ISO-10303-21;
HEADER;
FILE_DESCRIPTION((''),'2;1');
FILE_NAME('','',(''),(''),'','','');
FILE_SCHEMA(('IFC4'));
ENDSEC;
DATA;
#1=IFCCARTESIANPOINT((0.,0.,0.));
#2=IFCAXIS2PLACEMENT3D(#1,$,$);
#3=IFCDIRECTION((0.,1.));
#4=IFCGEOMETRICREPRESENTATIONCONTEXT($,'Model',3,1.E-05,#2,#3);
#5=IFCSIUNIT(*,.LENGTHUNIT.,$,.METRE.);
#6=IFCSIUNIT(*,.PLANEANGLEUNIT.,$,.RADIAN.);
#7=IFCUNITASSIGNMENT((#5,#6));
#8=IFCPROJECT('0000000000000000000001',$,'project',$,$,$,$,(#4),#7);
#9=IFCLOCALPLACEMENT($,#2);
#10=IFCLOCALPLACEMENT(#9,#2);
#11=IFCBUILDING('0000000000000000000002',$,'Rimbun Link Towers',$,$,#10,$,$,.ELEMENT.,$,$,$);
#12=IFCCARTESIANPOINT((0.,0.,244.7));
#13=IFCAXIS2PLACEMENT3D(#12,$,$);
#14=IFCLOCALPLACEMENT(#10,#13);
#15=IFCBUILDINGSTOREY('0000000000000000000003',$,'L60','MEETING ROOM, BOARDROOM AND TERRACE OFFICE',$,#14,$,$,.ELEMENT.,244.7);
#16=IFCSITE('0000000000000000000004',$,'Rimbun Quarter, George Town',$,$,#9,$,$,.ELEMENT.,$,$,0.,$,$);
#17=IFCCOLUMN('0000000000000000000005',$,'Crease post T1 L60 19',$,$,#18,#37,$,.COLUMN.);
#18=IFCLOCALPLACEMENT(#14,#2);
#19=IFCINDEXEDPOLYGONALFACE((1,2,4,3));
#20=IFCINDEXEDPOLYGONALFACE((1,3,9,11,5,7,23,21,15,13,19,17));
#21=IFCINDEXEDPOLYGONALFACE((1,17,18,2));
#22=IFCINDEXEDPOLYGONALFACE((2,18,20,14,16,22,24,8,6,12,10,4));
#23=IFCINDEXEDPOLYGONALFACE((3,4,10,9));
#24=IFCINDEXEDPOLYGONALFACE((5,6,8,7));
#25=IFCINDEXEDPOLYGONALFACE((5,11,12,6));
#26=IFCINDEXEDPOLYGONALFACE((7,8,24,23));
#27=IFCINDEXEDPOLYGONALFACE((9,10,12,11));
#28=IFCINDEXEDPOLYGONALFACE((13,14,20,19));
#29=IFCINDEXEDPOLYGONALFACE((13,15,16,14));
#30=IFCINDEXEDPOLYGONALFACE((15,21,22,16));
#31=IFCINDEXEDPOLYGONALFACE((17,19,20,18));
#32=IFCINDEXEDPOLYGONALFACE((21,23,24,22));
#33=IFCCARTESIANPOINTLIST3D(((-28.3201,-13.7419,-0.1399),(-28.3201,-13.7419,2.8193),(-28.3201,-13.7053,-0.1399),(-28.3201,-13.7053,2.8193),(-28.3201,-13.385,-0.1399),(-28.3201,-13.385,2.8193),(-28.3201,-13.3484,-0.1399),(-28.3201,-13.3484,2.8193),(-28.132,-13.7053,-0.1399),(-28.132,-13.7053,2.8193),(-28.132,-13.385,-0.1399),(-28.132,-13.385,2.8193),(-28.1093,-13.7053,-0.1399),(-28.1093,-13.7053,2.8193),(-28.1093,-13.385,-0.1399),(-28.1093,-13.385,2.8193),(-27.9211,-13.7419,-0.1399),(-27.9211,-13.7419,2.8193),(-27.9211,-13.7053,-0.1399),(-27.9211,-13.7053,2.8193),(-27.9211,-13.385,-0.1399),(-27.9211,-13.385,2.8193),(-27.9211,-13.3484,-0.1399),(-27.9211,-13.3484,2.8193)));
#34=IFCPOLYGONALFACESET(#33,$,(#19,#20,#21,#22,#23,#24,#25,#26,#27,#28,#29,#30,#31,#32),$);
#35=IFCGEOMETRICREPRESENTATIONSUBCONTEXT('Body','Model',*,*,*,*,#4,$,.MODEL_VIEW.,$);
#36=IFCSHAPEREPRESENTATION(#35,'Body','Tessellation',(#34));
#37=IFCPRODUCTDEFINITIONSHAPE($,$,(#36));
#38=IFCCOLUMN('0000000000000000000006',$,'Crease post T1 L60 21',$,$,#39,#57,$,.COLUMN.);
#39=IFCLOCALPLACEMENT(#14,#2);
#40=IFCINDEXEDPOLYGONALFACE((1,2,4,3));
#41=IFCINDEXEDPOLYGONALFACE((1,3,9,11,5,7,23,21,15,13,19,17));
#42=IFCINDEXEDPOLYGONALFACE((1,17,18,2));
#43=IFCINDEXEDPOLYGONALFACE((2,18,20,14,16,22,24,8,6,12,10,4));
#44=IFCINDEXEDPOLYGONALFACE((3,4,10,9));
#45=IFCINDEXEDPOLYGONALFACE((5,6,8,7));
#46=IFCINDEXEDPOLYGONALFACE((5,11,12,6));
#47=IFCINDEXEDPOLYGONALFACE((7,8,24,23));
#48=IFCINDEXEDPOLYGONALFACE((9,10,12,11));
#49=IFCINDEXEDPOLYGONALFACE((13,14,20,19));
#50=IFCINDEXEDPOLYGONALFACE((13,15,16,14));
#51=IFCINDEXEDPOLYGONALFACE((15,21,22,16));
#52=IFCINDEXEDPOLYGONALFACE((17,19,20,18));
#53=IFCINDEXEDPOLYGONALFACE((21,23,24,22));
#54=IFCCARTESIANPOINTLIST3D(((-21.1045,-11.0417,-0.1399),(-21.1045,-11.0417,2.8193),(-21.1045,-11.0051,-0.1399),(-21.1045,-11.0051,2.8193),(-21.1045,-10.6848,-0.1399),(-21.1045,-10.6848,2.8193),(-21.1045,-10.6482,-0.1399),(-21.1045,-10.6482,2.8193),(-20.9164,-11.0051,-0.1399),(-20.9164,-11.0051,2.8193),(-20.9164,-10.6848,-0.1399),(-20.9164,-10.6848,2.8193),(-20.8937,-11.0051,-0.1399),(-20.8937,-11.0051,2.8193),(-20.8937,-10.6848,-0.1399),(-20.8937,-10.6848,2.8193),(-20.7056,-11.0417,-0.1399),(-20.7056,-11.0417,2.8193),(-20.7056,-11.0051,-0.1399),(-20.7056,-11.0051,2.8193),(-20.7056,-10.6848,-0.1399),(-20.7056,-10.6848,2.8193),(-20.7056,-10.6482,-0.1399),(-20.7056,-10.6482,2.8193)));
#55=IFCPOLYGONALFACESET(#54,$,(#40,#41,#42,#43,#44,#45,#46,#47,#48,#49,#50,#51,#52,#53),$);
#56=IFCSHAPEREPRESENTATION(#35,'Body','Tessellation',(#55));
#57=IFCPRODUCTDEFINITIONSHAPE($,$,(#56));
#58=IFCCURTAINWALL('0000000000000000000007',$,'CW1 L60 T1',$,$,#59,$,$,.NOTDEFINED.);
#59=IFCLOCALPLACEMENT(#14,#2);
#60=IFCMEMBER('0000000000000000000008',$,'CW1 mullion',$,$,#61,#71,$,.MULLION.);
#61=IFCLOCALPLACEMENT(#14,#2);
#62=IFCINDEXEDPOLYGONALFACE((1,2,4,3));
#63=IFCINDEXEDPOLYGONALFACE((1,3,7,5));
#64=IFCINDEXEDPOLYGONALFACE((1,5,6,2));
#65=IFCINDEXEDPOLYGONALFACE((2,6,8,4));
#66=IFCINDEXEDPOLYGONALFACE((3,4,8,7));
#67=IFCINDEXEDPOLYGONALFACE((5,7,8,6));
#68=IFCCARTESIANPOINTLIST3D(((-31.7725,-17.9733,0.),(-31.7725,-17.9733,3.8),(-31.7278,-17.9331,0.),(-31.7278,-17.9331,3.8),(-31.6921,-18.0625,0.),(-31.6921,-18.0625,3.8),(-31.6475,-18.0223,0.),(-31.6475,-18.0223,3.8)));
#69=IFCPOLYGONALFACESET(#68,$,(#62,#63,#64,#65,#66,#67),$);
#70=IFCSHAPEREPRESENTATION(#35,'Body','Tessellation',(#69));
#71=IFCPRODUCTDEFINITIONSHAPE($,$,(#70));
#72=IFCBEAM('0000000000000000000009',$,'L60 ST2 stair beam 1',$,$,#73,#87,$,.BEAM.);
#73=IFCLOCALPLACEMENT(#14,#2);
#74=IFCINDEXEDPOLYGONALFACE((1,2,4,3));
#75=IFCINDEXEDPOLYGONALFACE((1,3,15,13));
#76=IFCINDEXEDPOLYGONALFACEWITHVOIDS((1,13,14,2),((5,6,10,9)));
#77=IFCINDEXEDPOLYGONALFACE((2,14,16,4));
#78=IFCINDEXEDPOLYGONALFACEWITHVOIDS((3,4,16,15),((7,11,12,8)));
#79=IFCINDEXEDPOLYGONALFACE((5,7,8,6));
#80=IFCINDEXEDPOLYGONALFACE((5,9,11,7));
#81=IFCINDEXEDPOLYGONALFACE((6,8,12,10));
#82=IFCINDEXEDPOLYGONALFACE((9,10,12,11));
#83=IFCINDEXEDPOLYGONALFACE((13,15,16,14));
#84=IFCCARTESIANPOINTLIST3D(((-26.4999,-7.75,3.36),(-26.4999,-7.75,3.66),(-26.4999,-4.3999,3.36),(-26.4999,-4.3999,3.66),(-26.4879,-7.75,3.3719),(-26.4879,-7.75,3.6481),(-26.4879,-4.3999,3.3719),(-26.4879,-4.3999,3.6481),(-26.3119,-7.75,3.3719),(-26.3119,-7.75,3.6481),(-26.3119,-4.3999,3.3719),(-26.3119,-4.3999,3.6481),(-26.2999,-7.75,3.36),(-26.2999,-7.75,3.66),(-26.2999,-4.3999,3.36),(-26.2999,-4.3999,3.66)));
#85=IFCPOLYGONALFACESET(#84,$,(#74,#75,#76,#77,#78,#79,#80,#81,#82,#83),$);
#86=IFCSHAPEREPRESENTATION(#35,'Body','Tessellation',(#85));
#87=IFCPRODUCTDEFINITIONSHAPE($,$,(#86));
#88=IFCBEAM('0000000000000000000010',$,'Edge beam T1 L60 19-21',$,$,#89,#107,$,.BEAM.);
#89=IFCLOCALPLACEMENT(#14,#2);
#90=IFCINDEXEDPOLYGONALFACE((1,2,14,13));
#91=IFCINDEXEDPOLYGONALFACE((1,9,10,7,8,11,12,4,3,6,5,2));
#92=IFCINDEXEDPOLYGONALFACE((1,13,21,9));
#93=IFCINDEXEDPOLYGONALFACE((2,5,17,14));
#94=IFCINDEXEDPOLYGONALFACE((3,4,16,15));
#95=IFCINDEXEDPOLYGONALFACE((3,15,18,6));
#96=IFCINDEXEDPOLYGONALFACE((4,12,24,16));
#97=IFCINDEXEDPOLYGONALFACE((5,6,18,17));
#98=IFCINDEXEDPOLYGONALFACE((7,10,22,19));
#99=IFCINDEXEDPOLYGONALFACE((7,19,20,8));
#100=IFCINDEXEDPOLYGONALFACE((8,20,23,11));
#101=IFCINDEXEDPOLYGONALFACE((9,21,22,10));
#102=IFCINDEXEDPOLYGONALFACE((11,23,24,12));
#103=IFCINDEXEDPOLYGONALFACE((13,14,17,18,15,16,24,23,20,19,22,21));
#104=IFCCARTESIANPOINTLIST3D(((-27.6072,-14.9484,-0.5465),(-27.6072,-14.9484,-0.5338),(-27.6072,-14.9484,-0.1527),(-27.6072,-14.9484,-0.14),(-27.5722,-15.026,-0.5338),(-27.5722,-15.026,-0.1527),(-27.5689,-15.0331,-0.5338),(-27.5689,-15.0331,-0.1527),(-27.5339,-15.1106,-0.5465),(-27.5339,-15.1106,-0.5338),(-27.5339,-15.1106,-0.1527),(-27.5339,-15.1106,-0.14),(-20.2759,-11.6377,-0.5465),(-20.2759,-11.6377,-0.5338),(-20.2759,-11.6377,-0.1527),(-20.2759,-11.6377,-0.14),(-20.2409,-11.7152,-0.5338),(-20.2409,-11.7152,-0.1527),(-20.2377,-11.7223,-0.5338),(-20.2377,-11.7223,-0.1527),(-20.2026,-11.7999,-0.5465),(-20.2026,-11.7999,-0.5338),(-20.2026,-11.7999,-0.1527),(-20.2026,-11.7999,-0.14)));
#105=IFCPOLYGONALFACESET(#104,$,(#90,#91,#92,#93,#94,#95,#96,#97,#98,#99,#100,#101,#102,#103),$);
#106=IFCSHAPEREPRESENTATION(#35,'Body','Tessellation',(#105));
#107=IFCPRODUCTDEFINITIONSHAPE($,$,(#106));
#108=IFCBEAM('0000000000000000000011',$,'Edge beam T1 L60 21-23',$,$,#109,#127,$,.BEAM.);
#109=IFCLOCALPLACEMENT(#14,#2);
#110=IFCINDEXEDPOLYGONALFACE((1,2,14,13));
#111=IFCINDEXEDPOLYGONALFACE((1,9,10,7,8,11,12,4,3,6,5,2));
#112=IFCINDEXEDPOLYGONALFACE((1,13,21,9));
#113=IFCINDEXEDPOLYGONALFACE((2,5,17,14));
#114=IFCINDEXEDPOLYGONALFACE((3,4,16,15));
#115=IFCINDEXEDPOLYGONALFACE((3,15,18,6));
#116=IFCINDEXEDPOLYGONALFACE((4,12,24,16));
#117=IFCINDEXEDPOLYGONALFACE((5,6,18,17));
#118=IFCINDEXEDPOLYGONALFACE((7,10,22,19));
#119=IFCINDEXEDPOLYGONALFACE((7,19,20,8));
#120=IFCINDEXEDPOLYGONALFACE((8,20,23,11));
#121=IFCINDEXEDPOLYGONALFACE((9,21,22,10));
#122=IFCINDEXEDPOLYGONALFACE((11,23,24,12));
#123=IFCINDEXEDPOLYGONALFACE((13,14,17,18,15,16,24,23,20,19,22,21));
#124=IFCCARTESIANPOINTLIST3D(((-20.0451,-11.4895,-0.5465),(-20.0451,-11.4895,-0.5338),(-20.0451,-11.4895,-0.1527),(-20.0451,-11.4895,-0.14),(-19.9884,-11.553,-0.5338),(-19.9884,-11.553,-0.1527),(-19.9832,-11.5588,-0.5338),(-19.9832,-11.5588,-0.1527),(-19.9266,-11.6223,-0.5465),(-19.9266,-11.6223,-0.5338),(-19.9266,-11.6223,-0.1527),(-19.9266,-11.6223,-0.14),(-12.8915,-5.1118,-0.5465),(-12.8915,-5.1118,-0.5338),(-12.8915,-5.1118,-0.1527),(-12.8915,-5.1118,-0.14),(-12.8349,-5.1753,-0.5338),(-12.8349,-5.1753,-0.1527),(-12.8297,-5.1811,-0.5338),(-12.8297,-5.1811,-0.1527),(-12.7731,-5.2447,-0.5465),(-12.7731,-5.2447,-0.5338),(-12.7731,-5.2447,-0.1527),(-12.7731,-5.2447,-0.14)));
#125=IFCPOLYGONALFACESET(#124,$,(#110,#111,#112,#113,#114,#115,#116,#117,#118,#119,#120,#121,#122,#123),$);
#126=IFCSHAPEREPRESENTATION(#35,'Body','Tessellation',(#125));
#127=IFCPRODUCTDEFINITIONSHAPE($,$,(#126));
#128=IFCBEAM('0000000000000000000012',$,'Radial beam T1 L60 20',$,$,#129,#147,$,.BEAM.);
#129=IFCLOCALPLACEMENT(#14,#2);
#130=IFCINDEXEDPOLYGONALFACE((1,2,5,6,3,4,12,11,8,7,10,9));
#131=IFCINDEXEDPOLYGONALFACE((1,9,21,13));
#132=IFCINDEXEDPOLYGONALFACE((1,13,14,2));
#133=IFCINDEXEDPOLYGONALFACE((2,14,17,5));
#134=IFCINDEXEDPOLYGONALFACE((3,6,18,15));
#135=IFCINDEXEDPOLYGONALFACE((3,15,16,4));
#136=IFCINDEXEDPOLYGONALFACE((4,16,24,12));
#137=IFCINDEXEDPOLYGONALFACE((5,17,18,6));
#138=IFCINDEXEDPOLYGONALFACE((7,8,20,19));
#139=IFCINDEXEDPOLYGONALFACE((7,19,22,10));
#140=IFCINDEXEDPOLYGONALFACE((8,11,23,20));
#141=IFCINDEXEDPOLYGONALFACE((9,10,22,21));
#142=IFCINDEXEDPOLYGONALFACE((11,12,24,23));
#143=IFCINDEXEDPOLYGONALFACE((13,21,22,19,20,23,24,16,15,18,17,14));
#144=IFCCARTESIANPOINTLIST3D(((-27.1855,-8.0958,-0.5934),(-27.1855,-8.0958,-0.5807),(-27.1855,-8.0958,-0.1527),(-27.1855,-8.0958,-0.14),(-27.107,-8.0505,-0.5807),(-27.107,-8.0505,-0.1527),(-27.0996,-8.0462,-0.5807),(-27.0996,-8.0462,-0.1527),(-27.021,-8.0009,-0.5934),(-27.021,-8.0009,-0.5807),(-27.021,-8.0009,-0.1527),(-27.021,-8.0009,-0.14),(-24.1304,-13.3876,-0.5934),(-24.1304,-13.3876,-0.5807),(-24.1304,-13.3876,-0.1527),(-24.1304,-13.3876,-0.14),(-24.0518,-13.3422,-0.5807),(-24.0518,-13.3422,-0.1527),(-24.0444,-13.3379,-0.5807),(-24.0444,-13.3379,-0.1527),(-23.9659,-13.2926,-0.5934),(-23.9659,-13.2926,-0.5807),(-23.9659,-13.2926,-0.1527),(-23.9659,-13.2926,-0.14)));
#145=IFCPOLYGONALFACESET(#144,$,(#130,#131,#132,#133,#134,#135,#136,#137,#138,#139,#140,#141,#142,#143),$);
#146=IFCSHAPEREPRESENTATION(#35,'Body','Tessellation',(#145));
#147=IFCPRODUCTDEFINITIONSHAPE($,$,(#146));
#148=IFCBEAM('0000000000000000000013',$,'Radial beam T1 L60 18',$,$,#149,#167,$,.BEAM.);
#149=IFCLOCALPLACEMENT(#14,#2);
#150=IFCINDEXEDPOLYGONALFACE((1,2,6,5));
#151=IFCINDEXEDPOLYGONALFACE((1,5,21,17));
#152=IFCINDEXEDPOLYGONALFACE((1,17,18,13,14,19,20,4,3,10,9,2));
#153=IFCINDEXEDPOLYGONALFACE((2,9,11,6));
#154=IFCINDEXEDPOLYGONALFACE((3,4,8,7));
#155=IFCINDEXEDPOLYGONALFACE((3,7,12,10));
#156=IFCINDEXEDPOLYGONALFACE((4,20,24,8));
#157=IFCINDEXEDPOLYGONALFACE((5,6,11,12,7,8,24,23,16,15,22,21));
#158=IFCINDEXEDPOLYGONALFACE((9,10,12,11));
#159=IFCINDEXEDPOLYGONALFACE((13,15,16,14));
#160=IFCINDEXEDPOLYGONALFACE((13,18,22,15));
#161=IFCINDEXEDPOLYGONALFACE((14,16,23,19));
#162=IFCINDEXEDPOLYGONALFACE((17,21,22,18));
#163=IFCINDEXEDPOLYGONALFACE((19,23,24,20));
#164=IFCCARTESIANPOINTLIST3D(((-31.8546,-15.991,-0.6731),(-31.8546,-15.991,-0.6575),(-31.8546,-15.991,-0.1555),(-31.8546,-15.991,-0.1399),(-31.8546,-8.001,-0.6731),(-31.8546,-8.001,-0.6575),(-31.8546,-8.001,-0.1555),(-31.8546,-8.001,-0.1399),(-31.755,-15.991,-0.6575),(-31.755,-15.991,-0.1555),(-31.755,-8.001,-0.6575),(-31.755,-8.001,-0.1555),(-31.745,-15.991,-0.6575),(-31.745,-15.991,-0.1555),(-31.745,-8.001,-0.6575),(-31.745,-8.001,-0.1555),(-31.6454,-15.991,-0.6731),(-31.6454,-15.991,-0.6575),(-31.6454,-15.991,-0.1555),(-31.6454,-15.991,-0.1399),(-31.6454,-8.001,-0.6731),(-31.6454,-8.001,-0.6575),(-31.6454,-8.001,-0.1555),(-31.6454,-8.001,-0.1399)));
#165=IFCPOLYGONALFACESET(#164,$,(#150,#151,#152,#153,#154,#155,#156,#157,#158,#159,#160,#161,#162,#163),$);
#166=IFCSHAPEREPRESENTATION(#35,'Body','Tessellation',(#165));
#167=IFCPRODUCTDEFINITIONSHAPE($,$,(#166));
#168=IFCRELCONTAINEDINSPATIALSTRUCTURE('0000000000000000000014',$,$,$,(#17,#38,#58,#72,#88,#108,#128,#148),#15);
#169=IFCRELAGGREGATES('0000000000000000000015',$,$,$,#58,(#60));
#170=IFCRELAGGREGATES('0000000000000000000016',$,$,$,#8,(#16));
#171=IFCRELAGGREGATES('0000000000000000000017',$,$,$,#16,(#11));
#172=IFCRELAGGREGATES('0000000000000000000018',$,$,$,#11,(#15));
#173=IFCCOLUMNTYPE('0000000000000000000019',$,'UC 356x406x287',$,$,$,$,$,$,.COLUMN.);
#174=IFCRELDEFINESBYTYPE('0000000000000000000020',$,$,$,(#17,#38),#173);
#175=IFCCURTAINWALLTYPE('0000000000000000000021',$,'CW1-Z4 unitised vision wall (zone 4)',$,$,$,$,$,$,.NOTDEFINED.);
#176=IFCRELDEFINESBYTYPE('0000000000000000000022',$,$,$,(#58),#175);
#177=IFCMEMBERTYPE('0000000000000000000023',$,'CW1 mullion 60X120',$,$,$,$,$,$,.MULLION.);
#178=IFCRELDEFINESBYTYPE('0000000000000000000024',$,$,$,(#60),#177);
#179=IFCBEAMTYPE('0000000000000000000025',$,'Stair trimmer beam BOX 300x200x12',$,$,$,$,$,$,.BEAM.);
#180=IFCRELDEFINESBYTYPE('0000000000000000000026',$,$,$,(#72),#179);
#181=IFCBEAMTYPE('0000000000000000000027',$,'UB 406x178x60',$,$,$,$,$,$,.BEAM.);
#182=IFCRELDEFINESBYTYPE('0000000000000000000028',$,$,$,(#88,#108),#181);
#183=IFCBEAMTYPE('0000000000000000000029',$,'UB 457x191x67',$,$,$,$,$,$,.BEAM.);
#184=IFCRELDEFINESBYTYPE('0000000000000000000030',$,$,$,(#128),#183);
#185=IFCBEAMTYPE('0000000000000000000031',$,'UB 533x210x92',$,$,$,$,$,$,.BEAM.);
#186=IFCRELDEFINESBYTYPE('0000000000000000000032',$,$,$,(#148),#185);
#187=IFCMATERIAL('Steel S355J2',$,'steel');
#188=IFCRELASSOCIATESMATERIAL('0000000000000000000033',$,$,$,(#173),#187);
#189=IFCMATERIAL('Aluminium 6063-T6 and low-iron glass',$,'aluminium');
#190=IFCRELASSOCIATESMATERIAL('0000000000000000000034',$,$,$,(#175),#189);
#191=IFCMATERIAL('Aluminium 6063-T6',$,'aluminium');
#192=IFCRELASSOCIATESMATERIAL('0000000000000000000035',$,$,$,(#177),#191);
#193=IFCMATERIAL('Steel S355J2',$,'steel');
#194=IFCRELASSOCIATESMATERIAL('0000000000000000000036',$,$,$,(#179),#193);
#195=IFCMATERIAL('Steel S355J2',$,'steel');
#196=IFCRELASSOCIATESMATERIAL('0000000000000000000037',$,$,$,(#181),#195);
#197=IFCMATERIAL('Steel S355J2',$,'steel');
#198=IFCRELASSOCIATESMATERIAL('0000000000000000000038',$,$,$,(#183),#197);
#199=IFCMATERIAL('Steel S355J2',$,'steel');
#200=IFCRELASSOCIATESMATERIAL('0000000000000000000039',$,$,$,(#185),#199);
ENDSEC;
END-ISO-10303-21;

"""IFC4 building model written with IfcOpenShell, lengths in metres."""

from ifc_helpers import new_model, si_unit, direction, frame, origin, origin_2d, place, context, subcontext, project, spatial, rectangle, hollow_rectangle, i_section, extrude, material, material_profile, profile_set, type_object, element, aggregate, save


model = new_model("IFC4")

# Units and contexts
model_context = context("Model", 3, precision=1e-05, world=origin(), true_north=direction((0.0, 1.0)))
body_context = subcontext(model_context, "Body", "Model", "MODEL_VIEW")
ifc_project = project(units=[si_unit("LENGTHUNIT", "METRE"), si_unit("PLANEANGLEUNIT", "RADIAN")], contexts=[model_context])

# Site, building, storey
site_placement = place(None, origin())
site = spatial("IfcSite", under=ifc_project, at=site_placement, Name="Rimbun Quarter, George Town", CompositionType="ELEMENT", RefElevation=0.0)
building_placement = place(site_placement, origin())
building = spatial("IfcBuilding", under=site, at=building_placement, Name="Rimbun Link Towers", CompositionType="ELEMENT")
storey_placement = place(building_placement, frame((0.0, 0.0, 244.7)))
storey = spatial("IfcBuildingStorey", under=building, at=storey_placement, Name="L60", Description="MEETING ROOM, BOARDROOM AND TERRACE OFFICE", CompositionType="ELEMENT", Elevation=244.7)

# Columns
ifc_material_1 = material(Name="Steel S355J2", Category="steel")
ifc_material_profile_1 = material_profile(ifc_material_1, i_section(OverallWidth=0.3989, OverallDepth=0.3936, WebThickness=0.0227, FlangeThickness=0.0366, at=origin_2d()), Name="UC 356x406x287")
ifc_profile_set_1 = profile_set([ifc_material_profile_1], Name="Steel S355J2")
column_type = type_object("IfcColumnType", Name="UC 356x406x287", PredefinedType="COLUMN", material=ifc_profile_set_1)
for number, where, z_axis, x_axis, name in (
    (1, (-28.1206, -13.5452, -0.1399), (0.0, 0.0, 1.0), (1.0, 0.0, 0.0), "Crease post T1 L60 19"),
    (2, (-20.905, -10.845, -0.1399), (0.0, 0.0, 1.0), (1.0, 0.0, 0.0), "Crease post T1 L60 21"),
):
    element("IfcColumn", number, at=place(storey_placement, frame(where, z_axis=z_axis, x_axis=x_axis)), inside=storey, type_object=column_type, Name=name, PredefinedType="COLUMN", context=body_context, shape_type="SweptSolid", body=[
        extrude(i_section(OverallWidth=0.3989, OverallDepth=0.3936, WebThickness=0.0227, FlangeThickness=0.0366, at=origin_2d()), origin(), (0.0, 0.0, 1.0), 2.9592),
    ])

# Curtain wall, member
ifc_material_2 = material(Name="Aluminium 6063-T6 and low-iron glass", Category="aluminium")
curtain_wall_type = type_object("IfcCurtainWallType", Name="CW1-Z4 unitised vision wall (zone 4)", PredefinedType="NOTDEFINED", material=ifc_material_2)
curtain_wall_placement = place(storey_placement, origin())
curtain_wall = element("IfcCurtainWall", 3, at=curtain_wall_placement, inside=storey, type_object=curtain_wall_type, Name="CW1 L60 T1", PredefinedType="NOTDEFINED")
ifc_material_3 = material(Name="Aluminium 6063-T6", Category="aluminium")
ifc_material_profile_2 = material_profile(ifc_material_3, rectangle(XDim=0.1201, YDim=0.0601, at=origin_2d()), Name="MULLION 60X120")
ifc_profile_set_2 = profile_set([ifc_material_profile_2], Name="Aluminium 6063-T6")
member_type = type_object("IfcMemberType", Name="CW1 mullion 60X120", PredefinedType="MULLION", material=ifc_profile_set_2)
member_placement = place(storey_placement, frame((-31.71, -17.9978, 0.0), z_axis=(0.0, 0.0, 1.0), x_axis=(0.669054, -0.743213, 0.0)))
member = element("IfcMember", 4, at=member_placement, type_object=member_type, Name="CW1 mullion", PredefinedType="MULLION", context=body_context, shape_type="SweptSolid", body=[
    extrude(rectangle(XDim=0.1201, YDim=0.0601, at=origin_2d()), origin(), (0.0, 0.0, 1.0), 3.8),
])
aggregate(curtain_wall, [member])

# Beams
ifc_material_4 = material(Name="Steel S355J2", Category="steel")
ifc_material_profile_3 = material_profile(ifc_material_4, hollow_rectangle(XDim=0.2, YDim=0.3, WallThickness=0.012, at=origin_2d()), Name="BOX 300x200x12")
ifc_profile_set_3 = profile_set([ifc_material_profile_3], Name="Steel S355J2")
beam_type_1 = type_object("IfcBeamType", Name="Stair trimmer beam BOX 300x200x12", PredefinedType="BEAM", material=ifc_profile_set_3)
beam_1_placement = place(storey_placement, frame((-26.3999, -7.75, 3.51), z_axis=(0.0, 1.0, 0.0), x_axis=(-1.0, 0.0, 0.0)))
element("IfcBeam", 5, at=beam_1_placement, inside=storey, type_object=beam_type_1, Name="L60 ST2 stair beam 1", PredefinedType="BEAM", context=body_context, shape_type="SweptSolid", body=[
    extrude(hollow_rectangle(XDim=0.2, YDim=0.3, WallThickness=0.012, at=origin_2d()), origin(), (0.0, 0.0, 1.0), 3.3501),
])
ifc_material_5 = material(Name="Steel S355J2", Category="steel")
ifc_material_profile_4 = material_profile(ifc_material_5, i_section(OverallWidth=0.178, OverallDepth=0.4065, WebThickness=0.0078, FlangeThickness=0.0127, at=origin_2d()), Name="UB 406x178x60")
ifc_profile_set_4 = profile_set([ifc_material_profile_4], Name="Steel S355J2")
beam_type_2 = type_object("IfcBeamType", Name="UB 406x178x60", PredefinedType="BEAM", material=ifc_profile_set_4)
beam_2_placement = place(storey_placement, frame((-27.5706, -15.0295, -0.3433), z_axis=(0.911376, 0.411575, 0.0), x_axis=(-0.411575, 0.911376, 0.0)))
element("IfcBeam", 6, at=beam_2_placement, inside=storey, type_object=beam_type_2, Name="Edge beam T1 L60 19-21", PredefinedType="BEAM", context=body_context, shape_type="SweptSolid", body=[
    extrude(i_section(OverallWidth=0.178, OverallDepth=0.4065, WebThickness=0.0078, FlangeThickness=0.0127, at=origin_2d()), origin(), (0.0, 0.0, 1.0), 8.0442),
])
beam_3_placement = place(storey_placement, frame((-19.9858, -11.5559, -0.3433), z_axis=(0.746426, 0.665468, 0.0), x_axis=(-0.665468, 0.746426, 0.0)))
element("IfcBeam", 7, at=beam_3_placement, inside=storey, type_object=beam_type_2, Name="Edge beam T1 L60 21-23", PredefinedType="BEAM", context=body_context, shape_type="SweptSolid", body=[
    extrude(i_section(OverallWidth=0.178, OverallDepth=0.4065, WebThickness=0.0078, FlangeThickness=0.0127, at=origin_2d()), origin(), (0.0, 0.0, 1.0), 9.5837),
])
ifc_material_6 = material(Name="Steel S355J2", Category="steel")
ifc_material_profile_5 = material_profile(ifc_material_6, i_section(OverallWidth=0.1899, OverallDepth=0.4534, WebThickness=0.0085, FlangeThickness=0.0127, at=origin_2d()), Name="UB 457x191x67")
ifc_profile_set_5 = profile_set([ifc_material_profile_5], Name="Steel S355J2")
beam_type_3 = type_object("IfcBeamType", Name="UB 457x191x67", PredefinedType="BEAM", material=ifc_profile_set_5)
beam_4_placement = place(storey_placement, frame((-27.1033, -8.0483, -0.3667), z_axis=(0.499998, -0.866027, 0.0), x_axis=(0.866027, 0.499998, 0.0)))
element("IfcBeam", 8, at=beam_4_placement, inside=storey, type_object=beam_type_3, Name="Radial beam T1 L60 20", PredefinedType="BEAM", context=body_context, shape_type="SweptSolid", body=[
    extrude(i_section(OverallWidth=0.1899, OverallDepth=0.4534, WebThickness=0.0085, FlangeThickness=0.0127, at=origin_2d()), origin(), (0.0, 0.0, 1.0), 6.1104),
])
ifc_material_7 = material(Name="Steel S355J2", Category="steel")
ifc_material_profile_6 = material_profile(ifc_material_7, i_section(OverallWidth=0.2092, OverallDepth=0.5332, WebThickness=0.01, FlangeThickness=0.0156, at=origin_2d()), Name="UB 533x210x92")
ifc_profile_set_6 = profile_set([ifc_material_profile_6], Name="Steel S355J2")
beam_type_4 = type_object("IfcBeamType", Name="UB 533x210x92", PredefinedType="BEAM", material=ifc_profile_set_6)
beam_5_placement = place(storey_placement, frame((-31.75, -8.001, -0.4065), z_axis=(0.0, -1.0, 0.0), x_axis=(1.0, 0.0, 0.0)))
element("IfcBeam", 9, at=beam_5_placement, inside=storey, type_object=beam_type_4, Name="Radial beam T1 L60 18", PredefinedType="BEAM", context=body_context, shape_type="SweptSolid", body=[
    extrude(i_section(OverallWidth=0.2092, OverallDepth=0.5332, WebThickness=0.01, FlangeThickness=0.0156, at=origin_2d()), origin(), (0.0, 0.0, 1.0), 7.99),
])

save(model, "model.ifc")
